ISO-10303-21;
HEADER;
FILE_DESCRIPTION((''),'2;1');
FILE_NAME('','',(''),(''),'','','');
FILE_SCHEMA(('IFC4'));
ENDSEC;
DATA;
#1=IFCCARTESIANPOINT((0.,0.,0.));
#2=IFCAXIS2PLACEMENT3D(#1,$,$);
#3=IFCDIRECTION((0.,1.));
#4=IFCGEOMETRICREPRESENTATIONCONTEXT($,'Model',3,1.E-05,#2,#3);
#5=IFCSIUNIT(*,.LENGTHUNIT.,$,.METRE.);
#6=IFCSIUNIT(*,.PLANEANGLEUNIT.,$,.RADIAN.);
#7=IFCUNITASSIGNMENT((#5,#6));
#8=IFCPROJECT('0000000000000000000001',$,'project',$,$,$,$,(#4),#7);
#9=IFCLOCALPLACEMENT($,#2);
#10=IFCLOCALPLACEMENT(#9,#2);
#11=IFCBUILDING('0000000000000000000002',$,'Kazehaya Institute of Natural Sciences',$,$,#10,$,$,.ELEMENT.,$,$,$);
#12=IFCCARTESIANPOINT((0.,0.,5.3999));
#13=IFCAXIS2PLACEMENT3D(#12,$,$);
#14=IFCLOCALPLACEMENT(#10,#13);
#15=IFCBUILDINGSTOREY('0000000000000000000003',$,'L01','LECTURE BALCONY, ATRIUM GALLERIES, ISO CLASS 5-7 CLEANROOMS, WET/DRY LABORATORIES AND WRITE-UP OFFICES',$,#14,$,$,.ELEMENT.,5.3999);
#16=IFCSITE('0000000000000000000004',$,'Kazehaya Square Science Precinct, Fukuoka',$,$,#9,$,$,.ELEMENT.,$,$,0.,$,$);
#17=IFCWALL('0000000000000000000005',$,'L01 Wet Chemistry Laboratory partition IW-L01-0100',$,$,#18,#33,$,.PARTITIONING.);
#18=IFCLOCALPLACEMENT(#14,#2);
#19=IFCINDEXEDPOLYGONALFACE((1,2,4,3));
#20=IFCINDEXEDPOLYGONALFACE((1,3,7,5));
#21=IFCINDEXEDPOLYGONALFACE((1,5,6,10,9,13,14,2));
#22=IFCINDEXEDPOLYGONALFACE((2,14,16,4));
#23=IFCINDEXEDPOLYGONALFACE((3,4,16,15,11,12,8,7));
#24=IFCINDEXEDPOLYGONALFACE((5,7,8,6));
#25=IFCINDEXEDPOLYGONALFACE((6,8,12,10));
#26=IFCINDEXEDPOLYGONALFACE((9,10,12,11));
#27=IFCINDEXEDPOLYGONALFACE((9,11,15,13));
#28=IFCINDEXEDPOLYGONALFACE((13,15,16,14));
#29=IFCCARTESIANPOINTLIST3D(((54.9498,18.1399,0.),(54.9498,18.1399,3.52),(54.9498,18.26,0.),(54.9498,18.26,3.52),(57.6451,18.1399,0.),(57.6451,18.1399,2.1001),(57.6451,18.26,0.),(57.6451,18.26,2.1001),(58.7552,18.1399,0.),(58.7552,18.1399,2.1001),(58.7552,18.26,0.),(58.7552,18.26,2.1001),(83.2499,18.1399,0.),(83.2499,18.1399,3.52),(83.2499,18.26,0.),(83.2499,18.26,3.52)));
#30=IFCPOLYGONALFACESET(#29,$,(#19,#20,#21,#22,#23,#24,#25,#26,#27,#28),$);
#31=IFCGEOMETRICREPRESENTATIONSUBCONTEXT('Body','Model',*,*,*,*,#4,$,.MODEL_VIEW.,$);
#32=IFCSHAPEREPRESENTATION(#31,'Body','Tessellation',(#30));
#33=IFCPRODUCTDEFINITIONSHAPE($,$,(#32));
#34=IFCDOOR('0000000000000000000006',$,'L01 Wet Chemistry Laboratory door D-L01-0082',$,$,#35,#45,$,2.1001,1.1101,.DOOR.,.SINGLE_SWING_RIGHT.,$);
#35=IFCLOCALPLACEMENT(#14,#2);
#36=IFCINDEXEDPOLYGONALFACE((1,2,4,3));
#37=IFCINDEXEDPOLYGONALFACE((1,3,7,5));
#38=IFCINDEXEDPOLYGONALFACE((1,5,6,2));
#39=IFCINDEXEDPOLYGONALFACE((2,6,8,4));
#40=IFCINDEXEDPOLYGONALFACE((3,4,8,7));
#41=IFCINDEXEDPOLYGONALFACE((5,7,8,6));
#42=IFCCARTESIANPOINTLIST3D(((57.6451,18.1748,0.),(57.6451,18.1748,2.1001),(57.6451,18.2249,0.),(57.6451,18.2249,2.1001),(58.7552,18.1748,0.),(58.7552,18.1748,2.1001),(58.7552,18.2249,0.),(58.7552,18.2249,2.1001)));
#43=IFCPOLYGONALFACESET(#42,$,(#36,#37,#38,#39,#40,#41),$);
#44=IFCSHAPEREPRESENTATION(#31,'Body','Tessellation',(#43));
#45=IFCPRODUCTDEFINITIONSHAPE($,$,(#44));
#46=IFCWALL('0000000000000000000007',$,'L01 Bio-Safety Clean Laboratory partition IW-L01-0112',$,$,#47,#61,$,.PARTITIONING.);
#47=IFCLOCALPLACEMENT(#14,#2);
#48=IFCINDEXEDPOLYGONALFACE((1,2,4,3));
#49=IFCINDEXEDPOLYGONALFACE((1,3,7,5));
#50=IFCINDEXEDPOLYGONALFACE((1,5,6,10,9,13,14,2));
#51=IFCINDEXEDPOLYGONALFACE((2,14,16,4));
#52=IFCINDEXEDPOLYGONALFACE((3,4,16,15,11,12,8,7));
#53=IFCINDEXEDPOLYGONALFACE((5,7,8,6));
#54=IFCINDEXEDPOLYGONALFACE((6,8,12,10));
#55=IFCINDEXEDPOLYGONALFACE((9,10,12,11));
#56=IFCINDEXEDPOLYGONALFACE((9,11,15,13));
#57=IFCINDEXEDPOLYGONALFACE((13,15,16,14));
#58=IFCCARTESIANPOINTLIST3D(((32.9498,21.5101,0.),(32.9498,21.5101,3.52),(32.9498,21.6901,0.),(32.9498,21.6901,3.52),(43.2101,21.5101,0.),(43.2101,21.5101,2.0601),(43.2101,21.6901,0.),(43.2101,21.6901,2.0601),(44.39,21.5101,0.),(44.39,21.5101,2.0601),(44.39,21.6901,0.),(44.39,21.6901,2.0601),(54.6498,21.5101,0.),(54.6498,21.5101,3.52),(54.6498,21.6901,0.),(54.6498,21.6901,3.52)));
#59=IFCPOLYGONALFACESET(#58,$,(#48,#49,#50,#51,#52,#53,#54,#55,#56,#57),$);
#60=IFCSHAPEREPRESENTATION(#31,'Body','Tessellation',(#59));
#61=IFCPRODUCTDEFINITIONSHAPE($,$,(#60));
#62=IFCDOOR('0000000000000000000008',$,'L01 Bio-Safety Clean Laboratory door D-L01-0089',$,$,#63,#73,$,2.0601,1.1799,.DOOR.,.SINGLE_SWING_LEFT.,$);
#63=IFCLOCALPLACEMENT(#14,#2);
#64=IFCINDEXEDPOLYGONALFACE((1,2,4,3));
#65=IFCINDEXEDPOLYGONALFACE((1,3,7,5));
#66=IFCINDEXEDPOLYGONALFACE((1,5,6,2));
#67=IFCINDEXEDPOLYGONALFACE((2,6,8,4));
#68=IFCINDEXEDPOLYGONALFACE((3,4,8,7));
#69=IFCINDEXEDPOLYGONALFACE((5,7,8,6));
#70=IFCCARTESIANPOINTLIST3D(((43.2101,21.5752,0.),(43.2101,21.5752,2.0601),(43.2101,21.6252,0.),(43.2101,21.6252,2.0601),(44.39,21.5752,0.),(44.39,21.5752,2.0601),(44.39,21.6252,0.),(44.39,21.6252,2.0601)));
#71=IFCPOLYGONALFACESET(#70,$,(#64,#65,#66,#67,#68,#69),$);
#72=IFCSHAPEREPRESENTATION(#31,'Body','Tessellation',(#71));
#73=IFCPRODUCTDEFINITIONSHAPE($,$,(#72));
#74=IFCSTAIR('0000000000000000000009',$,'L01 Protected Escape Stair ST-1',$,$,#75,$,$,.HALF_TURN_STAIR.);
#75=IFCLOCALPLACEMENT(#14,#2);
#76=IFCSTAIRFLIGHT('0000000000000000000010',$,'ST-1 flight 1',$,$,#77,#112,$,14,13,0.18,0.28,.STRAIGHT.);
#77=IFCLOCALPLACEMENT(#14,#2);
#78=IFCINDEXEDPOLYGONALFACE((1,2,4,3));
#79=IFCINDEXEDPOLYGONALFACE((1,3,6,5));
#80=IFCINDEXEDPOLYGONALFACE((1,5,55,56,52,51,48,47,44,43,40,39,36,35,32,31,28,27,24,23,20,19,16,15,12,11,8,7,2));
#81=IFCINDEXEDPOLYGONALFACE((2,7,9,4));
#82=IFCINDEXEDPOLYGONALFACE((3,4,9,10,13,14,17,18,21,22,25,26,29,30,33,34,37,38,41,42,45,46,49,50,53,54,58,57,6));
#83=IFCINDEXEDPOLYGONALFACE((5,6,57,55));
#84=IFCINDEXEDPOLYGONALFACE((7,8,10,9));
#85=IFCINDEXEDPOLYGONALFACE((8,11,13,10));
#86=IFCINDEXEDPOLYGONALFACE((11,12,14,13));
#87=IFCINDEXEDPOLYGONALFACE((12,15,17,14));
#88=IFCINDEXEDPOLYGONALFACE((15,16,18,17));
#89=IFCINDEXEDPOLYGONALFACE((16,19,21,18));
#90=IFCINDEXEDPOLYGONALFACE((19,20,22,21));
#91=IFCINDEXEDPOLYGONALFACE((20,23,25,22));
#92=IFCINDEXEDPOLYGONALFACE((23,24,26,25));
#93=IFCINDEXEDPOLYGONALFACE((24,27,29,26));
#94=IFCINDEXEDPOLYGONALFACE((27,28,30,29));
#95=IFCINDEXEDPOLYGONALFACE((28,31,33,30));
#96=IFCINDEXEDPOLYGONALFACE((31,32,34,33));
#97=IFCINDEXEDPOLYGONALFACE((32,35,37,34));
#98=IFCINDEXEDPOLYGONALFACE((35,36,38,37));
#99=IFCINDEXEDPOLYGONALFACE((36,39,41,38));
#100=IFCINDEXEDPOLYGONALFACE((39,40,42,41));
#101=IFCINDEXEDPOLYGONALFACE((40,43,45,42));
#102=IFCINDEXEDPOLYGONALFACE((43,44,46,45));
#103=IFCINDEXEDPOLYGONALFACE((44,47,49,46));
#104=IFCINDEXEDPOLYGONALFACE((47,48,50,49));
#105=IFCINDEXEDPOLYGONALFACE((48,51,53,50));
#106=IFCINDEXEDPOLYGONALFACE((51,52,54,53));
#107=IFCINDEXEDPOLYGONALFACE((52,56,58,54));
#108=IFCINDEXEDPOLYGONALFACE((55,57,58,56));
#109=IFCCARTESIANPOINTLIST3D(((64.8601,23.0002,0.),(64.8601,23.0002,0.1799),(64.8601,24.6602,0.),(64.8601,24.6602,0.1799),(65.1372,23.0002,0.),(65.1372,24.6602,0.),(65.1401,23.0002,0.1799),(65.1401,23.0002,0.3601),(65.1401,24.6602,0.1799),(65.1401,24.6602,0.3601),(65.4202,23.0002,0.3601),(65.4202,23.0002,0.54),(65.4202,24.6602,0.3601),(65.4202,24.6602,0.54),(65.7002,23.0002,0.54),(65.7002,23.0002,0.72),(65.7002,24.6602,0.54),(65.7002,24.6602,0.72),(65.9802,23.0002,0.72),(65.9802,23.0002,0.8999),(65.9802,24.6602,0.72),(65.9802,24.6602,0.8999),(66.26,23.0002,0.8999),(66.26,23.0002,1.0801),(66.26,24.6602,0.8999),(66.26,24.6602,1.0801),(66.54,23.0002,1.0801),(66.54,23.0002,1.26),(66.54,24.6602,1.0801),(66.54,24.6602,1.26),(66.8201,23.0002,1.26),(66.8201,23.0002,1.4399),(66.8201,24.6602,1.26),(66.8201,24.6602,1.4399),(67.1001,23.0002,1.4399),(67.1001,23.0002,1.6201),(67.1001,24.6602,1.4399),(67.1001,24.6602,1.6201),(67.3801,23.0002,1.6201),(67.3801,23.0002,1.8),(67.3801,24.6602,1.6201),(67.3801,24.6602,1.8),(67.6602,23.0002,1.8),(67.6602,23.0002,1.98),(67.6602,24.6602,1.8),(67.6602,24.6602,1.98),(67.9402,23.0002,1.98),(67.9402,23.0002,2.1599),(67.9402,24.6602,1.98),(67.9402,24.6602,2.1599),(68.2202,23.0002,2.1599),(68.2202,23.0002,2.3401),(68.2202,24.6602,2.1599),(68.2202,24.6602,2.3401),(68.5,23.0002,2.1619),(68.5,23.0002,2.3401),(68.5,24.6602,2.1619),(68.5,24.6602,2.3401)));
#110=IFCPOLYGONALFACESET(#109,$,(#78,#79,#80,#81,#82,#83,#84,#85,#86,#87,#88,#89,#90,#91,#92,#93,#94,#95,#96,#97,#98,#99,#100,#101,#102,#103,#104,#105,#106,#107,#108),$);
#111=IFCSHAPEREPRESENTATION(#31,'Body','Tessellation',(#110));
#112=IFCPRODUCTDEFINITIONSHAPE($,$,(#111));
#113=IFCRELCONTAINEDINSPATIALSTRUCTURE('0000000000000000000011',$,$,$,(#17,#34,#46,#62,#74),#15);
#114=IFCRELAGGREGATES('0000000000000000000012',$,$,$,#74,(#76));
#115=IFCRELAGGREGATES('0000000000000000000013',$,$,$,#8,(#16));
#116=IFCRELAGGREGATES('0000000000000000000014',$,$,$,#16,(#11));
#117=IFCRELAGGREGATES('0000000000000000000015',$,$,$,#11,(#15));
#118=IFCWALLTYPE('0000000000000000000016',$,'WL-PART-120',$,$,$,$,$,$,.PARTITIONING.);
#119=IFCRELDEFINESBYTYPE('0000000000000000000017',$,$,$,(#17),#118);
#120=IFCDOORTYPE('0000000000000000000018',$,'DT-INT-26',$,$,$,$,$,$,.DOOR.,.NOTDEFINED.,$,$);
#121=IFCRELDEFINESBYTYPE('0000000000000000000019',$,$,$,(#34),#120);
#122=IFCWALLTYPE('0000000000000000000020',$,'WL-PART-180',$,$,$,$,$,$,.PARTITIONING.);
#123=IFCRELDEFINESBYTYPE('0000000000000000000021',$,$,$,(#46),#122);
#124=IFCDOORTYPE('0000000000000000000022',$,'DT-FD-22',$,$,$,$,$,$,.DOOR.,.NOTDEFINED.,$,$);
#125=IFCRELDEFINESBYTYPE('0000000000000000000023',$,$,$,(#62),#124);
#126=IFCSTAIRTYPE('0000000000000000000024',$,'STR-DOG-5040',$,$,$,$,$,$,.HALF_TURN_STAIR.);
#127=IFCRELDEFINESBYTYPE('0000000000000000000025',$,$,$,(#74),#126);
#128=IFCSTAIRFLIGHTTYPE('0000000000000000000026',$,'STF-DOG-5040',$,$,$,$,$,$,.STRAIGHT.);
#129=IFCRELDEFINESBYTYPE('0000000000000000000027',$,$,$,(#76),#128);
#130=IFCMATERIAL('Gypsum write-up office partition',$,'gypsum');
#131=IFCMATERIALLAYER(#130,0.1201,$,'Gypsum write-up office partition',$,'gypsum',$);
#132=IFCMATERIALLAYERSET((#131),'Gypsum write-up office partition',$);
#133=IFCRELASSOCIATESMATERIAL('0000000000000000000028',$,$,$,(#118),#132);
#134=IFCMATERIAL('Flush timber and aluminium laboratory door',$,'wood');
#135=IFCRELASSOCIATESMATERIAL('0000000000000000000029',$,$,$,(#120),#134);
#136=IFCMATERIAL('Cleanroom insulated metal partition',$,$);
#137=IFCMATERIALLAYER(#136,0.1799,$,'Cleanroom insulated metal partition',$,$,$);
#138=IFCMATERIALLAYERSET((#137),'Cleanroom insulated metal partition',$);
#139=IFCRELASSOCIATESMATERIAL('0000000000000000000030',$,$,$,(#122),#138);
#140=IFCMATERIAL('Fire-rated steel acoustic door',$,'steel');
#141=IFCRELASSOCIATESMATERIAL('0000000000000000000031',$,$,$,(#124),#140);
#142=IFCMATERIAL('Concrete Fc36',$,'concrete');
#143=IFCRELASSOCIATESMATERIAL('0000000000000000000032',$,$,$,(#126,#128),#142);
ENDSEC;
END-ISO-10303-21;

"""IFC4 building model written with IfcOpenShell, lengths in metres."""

from ifc_helpers import new_model, si_unit, direction, frame, frame_2d, origin, place, context, subcontext, project, spatial, polyline, rectangle, outline, extrude, material, layer, layer_set, type_object, element, fill, aggregate, save


model = new_model("IFC4")

# Units and contexts
model_context = context("Model", 3, precision=1e-05, world=origin(), true_north=direction((0.0, 1.0)))
body_context = subcontext(model_context, "Body", "Model", "MODEL_VIEW")
ifc_project = project(units=[si_unit("LENGTHUNIT", "METRE"), si_unit("PLANEANGLEUNIT", "RADIAN")], contexts=[model_context])

# Site, building, storey
site_placement = place(None, origin())
site = spatial("IfcSite", under=ifc_project, at=site_placement, Name="Kazehaya Square Science Precinct, Fukuoka", CompositionType="ELEMENT", RefElevation=0.0)
building_placement = place(site_placement, origin())
building = spatial("IfcBuilding", under=site, at=building_placement, Name="Kazehaya Institute of Natural Sciences", CompositionType="ELEMENT")
storey_placement = place(building_placement, frame((0.0, 0.0, 5.3999)))
storey = spatial("IfcBuildingStorey", under=building, at=storey_placement, Name="L01", Description="LECTURE BALCONY, ATRIUM GALLERIES, ISO CLASS 5-7 CLEANROOMS, WET/DRY LABORATORIES AND WRITE-UP OFFICES", CompositionType="ELEMENT", Elevation=5.3999)

# Shared definitions
ifc_material_1 = material(Name="Concrete Fc36", Category="concrete")

# Walls, openings, doors
ifc_material_2 = material(Name="Fire-rated steel acoustic door", Category="steel")
ifc_material_3 = material(Name="Gypsum write-up office partition", Category="gypsum")
ifc_layer_1 = layer(ifc_material_3, 0.1201, Name="Gypsum write-up office partition", Category="gypsum")
ifc_layer_set_1 = layer_set([ifc_layer_1], Name="Gypsum write-up office partition")
wall_type_1 = type_object("IfcWallType", Name="WL-PART-120", PredefinedType="PARTITIONING", material=ifc_layer_set_1)
wall_1_placement = place(storey_placement, frame((54.95, 18.2, 0.0), z_axis=(0.0, 0.0, 1.0), x_axis=(1.0, 0.0, 0.0)))
wall_1 = element("IfcWall", 1, at=wall_1_placement, inside=storey, type_object=wall_type_1, Name="L01 Wet Chemistry Laboratory partition IW-L01-0100", PredefinedType="PARTITIONING", context=body_context, shape_type="SweptSolid", body=[
    extrude(rectangle(XDim=28.3, YDim=0.1201, at=frame_2d((14.1499, 0.0))), origin(), (0.0, 0.0, 1.0), 3.52),
])
opening_1_placement = place(wall_1_placement, frame((2.6951, 0.0, 0.0)))
opening_1 = element("IfcOpeningElement", 2, at=opening_1_placement, cuts=wall_1, PredefinedType="OPENING", context=body_context, shape_type="SweptSolid", body=[
    extrude(rectangle(XDim=1.1101, YDim=2.1001, at=frame_2d((0.5552, 1.05))), frame((0.0, 0.0701, 0.0), z_axis=(0.0, -1.0, 0.0), x_axis=(1.0, 0.0, 0.0)), (0.0, 0.0, 1.0), 0.1401),
])
ifc_material_4 = material(Name="Flush timber and aluminium laboratory door", Category="wood")
door_type_1 = type_object("IfcDoorType", Name="DT-INT-26", OperationType="NOTDEFINED", PredefinedType="DOOR", material=ifc_material_4)
door_1_placement = place(opening_1_placement, origin())
door_1 = element("IfcDoor", 3, at=door_1_placement, inside=storey, type_object=door_type_1, Name="L01 Wet Chemistry Laboratory door D-L01-0082", OperationType="SINGLE_SWING_RIGHT", OverallHeight=2.1001, OverallWidth=1.1101, PredefinedType="DOOR", context=body_context, shape_type="SweptSolid", body=[
    extrude(rectangle(XDim=1.1101, YDim=2.1001, at=frame_2d((0.5552, 1.05))), frame((0.0, 0.0249, 0.0), z_axis=(0.0, -1.0, 0.0), x_axis=(1.0, 0.0, 0.0)), (0.0, 0.0, 1.0), 0.05),
])
fill(opening_1, door_1)
ifc_material_5 = material(Name="Cleanroom insulated metal partition")
ifc_layer_2 = layer(ifc_material_5, 0.1799, Name="Cleanroom insulated metal partition")
ifc_layer_set_2 = layer_set([ifc_layer_2], Name="Cleanroom insulated metal partition")
wall_type_2 = type_object("IfcWallType", Name="WL-PART-180", PredefinedType="PARTITIONING", material=ifc_layer_set_2)
wall_2_placement = place(storey_placement, frame((54.6499, 21.6001, 0.0), z_axis=(0.0, 0.0, 1.0), x_axis=(-1.0, 0.0, 0.0)))
wall_2 = element("IfcWall", 4, at=wall_2_placement, inside=storey, type_object=wall_type_2, Name="L01 Bio-Safety Clean Laboratory partition IW-L01-0112", PredefinedType="PARTITIONING", context=body_context, shape_type="SweptSolid", body=[
    extrude(rectangle(XDim=21.7, YDim=0.1799, at=frame_2d((10.8501, 0.0))), origin(), (0.0, 0.0, 1.0), 3.52),
])
opening_2_placement = place(wall_2_placement, frame((10.26, 0.0, 0.0)))
opening_2 = element("IfcOpeningElement", 5, at=opening_2_placement, cuts=wall_2, PredefinedType="OPENING", context=body_context, shape_type="SweptSolid", body=[
    extrude(rectangle(XDim=1.1799, YDim=2.0601, at=frame_2d((0.5898, 1.03))), frame((0.0, 0.0999, 0.0), z_axis=(0.0, -1.0, 0.0), x_axis=(1.0, 0.0, 0.0)), (0.0, 0.0, 1.0), 0.2),
])
door_type_2 = type_object("IfcDoorType", Name="DT-FD-22", OperationType="NOTDEFINED", PredefinedType="DOOR", material=ifc_material_2)
door_2_placement = place(opening_2_placement, origin())
door_2 = element("IfcDoor", 6, at=door_2_placement, inside=storey, type_object=door_type_2, Name="L01 Bio-Safety Clean Laboratory door D-L01-0089", OperationType="SINGLE_SWING_LEFT", OverallHeight=2.0601, OverallWidth=1.1799, PredefinedType="DOOR", context=body_context, shape_type="SweptSolid", body=[
    extrude(rectangle(XDim=1.1799, YDim=2.0601, at=frame_2d((0.5898, 1.03))), frame((0.0, 0.0249, 0.0), z_axis=(0.0, -1.0, 0.0), x_axis=(1.0, 0.0, 0.0)), (0.0, 0.0, 1.0), 0.05),
])
fill(opening_2, door_2)

# Stair, stair flight
stair_type = type_object("IfcStairType", Name="STR-DOG-5040", PredefinedType="HALF_TURN_STAIR", material=ifc_material_1)
stair_placement = place(storey_placement, origin())
stair = element("IfcStair", 7, at=stair_placement, inside=storey, type_object=stair_type, Name="L01 Protected Escape Stair ST-1", PredefinedType="HALF_TURN_STAIR")
stair_flight_type = type_object("IfcStairFlightType", Name="STF-DOG-5040", PredefinedType="STRAIGHT", material=ifc_material_1)
stair_flight_placement = place(storey_placement, frame((64.8601, 23.8301, 0.0), z_axis=(0.0, 0.0, 1.0), x_axis=(1.0, 0.0, 0.0)))
stair_flight = element("IfcStairFlight", 8, at=stair_flight_placement, type_object=stair_flight_type, Name="ST-1 flight 1", NumberOfRisers=14, NumberOfTreads=13, PredefinedType="STRAIGHT", RiserHeight=0.18, TreadLength=0.28, context=body_context, shape_type="SweptSolid", body=[
    extrude(outline(polyline([(0.0, 0.0), (0.0, 0.1799), (0.28, 0.1799), (0.28, 0.3601), (0.5601, 0.3601), (0.5601, 0.54), (0.8401, 0.54), (0.8401, 0.72), (1.1201, 0.72), (1.1201, 0.8999), (1.3999, 0.8999), (1.3999, 1.0801), (1.6799, 1.0801), (1.6799, 1.26), (1.96, 1.26), (1.96, 1.4399), (2.24, 1.4399), (2.24, 1.6201), (2.52, 1.6201), (2.52, 1.8), (2.8, 1.8), (2.8, 1.98), (3.0801, 1.98), (3.0801, 2.1599), (3.3601, 2.1599), (3.3601, 2.3401), (3.6399, 2.3401), (3.6399, 2.52), (3.6399, 2.1619), (0.2771, 0.0), (0.0, 0.0)])), frame((0.0, 0.8301, 0.0), z_axis=(0.0, -1.0, 0.0), x_axis=(1.0, 0.0, 0.0)), (0.0, 0.0, 1.0), 1.6599),
])
aggregate(stair, [stair_flight])

save(model, "model.ifc")
